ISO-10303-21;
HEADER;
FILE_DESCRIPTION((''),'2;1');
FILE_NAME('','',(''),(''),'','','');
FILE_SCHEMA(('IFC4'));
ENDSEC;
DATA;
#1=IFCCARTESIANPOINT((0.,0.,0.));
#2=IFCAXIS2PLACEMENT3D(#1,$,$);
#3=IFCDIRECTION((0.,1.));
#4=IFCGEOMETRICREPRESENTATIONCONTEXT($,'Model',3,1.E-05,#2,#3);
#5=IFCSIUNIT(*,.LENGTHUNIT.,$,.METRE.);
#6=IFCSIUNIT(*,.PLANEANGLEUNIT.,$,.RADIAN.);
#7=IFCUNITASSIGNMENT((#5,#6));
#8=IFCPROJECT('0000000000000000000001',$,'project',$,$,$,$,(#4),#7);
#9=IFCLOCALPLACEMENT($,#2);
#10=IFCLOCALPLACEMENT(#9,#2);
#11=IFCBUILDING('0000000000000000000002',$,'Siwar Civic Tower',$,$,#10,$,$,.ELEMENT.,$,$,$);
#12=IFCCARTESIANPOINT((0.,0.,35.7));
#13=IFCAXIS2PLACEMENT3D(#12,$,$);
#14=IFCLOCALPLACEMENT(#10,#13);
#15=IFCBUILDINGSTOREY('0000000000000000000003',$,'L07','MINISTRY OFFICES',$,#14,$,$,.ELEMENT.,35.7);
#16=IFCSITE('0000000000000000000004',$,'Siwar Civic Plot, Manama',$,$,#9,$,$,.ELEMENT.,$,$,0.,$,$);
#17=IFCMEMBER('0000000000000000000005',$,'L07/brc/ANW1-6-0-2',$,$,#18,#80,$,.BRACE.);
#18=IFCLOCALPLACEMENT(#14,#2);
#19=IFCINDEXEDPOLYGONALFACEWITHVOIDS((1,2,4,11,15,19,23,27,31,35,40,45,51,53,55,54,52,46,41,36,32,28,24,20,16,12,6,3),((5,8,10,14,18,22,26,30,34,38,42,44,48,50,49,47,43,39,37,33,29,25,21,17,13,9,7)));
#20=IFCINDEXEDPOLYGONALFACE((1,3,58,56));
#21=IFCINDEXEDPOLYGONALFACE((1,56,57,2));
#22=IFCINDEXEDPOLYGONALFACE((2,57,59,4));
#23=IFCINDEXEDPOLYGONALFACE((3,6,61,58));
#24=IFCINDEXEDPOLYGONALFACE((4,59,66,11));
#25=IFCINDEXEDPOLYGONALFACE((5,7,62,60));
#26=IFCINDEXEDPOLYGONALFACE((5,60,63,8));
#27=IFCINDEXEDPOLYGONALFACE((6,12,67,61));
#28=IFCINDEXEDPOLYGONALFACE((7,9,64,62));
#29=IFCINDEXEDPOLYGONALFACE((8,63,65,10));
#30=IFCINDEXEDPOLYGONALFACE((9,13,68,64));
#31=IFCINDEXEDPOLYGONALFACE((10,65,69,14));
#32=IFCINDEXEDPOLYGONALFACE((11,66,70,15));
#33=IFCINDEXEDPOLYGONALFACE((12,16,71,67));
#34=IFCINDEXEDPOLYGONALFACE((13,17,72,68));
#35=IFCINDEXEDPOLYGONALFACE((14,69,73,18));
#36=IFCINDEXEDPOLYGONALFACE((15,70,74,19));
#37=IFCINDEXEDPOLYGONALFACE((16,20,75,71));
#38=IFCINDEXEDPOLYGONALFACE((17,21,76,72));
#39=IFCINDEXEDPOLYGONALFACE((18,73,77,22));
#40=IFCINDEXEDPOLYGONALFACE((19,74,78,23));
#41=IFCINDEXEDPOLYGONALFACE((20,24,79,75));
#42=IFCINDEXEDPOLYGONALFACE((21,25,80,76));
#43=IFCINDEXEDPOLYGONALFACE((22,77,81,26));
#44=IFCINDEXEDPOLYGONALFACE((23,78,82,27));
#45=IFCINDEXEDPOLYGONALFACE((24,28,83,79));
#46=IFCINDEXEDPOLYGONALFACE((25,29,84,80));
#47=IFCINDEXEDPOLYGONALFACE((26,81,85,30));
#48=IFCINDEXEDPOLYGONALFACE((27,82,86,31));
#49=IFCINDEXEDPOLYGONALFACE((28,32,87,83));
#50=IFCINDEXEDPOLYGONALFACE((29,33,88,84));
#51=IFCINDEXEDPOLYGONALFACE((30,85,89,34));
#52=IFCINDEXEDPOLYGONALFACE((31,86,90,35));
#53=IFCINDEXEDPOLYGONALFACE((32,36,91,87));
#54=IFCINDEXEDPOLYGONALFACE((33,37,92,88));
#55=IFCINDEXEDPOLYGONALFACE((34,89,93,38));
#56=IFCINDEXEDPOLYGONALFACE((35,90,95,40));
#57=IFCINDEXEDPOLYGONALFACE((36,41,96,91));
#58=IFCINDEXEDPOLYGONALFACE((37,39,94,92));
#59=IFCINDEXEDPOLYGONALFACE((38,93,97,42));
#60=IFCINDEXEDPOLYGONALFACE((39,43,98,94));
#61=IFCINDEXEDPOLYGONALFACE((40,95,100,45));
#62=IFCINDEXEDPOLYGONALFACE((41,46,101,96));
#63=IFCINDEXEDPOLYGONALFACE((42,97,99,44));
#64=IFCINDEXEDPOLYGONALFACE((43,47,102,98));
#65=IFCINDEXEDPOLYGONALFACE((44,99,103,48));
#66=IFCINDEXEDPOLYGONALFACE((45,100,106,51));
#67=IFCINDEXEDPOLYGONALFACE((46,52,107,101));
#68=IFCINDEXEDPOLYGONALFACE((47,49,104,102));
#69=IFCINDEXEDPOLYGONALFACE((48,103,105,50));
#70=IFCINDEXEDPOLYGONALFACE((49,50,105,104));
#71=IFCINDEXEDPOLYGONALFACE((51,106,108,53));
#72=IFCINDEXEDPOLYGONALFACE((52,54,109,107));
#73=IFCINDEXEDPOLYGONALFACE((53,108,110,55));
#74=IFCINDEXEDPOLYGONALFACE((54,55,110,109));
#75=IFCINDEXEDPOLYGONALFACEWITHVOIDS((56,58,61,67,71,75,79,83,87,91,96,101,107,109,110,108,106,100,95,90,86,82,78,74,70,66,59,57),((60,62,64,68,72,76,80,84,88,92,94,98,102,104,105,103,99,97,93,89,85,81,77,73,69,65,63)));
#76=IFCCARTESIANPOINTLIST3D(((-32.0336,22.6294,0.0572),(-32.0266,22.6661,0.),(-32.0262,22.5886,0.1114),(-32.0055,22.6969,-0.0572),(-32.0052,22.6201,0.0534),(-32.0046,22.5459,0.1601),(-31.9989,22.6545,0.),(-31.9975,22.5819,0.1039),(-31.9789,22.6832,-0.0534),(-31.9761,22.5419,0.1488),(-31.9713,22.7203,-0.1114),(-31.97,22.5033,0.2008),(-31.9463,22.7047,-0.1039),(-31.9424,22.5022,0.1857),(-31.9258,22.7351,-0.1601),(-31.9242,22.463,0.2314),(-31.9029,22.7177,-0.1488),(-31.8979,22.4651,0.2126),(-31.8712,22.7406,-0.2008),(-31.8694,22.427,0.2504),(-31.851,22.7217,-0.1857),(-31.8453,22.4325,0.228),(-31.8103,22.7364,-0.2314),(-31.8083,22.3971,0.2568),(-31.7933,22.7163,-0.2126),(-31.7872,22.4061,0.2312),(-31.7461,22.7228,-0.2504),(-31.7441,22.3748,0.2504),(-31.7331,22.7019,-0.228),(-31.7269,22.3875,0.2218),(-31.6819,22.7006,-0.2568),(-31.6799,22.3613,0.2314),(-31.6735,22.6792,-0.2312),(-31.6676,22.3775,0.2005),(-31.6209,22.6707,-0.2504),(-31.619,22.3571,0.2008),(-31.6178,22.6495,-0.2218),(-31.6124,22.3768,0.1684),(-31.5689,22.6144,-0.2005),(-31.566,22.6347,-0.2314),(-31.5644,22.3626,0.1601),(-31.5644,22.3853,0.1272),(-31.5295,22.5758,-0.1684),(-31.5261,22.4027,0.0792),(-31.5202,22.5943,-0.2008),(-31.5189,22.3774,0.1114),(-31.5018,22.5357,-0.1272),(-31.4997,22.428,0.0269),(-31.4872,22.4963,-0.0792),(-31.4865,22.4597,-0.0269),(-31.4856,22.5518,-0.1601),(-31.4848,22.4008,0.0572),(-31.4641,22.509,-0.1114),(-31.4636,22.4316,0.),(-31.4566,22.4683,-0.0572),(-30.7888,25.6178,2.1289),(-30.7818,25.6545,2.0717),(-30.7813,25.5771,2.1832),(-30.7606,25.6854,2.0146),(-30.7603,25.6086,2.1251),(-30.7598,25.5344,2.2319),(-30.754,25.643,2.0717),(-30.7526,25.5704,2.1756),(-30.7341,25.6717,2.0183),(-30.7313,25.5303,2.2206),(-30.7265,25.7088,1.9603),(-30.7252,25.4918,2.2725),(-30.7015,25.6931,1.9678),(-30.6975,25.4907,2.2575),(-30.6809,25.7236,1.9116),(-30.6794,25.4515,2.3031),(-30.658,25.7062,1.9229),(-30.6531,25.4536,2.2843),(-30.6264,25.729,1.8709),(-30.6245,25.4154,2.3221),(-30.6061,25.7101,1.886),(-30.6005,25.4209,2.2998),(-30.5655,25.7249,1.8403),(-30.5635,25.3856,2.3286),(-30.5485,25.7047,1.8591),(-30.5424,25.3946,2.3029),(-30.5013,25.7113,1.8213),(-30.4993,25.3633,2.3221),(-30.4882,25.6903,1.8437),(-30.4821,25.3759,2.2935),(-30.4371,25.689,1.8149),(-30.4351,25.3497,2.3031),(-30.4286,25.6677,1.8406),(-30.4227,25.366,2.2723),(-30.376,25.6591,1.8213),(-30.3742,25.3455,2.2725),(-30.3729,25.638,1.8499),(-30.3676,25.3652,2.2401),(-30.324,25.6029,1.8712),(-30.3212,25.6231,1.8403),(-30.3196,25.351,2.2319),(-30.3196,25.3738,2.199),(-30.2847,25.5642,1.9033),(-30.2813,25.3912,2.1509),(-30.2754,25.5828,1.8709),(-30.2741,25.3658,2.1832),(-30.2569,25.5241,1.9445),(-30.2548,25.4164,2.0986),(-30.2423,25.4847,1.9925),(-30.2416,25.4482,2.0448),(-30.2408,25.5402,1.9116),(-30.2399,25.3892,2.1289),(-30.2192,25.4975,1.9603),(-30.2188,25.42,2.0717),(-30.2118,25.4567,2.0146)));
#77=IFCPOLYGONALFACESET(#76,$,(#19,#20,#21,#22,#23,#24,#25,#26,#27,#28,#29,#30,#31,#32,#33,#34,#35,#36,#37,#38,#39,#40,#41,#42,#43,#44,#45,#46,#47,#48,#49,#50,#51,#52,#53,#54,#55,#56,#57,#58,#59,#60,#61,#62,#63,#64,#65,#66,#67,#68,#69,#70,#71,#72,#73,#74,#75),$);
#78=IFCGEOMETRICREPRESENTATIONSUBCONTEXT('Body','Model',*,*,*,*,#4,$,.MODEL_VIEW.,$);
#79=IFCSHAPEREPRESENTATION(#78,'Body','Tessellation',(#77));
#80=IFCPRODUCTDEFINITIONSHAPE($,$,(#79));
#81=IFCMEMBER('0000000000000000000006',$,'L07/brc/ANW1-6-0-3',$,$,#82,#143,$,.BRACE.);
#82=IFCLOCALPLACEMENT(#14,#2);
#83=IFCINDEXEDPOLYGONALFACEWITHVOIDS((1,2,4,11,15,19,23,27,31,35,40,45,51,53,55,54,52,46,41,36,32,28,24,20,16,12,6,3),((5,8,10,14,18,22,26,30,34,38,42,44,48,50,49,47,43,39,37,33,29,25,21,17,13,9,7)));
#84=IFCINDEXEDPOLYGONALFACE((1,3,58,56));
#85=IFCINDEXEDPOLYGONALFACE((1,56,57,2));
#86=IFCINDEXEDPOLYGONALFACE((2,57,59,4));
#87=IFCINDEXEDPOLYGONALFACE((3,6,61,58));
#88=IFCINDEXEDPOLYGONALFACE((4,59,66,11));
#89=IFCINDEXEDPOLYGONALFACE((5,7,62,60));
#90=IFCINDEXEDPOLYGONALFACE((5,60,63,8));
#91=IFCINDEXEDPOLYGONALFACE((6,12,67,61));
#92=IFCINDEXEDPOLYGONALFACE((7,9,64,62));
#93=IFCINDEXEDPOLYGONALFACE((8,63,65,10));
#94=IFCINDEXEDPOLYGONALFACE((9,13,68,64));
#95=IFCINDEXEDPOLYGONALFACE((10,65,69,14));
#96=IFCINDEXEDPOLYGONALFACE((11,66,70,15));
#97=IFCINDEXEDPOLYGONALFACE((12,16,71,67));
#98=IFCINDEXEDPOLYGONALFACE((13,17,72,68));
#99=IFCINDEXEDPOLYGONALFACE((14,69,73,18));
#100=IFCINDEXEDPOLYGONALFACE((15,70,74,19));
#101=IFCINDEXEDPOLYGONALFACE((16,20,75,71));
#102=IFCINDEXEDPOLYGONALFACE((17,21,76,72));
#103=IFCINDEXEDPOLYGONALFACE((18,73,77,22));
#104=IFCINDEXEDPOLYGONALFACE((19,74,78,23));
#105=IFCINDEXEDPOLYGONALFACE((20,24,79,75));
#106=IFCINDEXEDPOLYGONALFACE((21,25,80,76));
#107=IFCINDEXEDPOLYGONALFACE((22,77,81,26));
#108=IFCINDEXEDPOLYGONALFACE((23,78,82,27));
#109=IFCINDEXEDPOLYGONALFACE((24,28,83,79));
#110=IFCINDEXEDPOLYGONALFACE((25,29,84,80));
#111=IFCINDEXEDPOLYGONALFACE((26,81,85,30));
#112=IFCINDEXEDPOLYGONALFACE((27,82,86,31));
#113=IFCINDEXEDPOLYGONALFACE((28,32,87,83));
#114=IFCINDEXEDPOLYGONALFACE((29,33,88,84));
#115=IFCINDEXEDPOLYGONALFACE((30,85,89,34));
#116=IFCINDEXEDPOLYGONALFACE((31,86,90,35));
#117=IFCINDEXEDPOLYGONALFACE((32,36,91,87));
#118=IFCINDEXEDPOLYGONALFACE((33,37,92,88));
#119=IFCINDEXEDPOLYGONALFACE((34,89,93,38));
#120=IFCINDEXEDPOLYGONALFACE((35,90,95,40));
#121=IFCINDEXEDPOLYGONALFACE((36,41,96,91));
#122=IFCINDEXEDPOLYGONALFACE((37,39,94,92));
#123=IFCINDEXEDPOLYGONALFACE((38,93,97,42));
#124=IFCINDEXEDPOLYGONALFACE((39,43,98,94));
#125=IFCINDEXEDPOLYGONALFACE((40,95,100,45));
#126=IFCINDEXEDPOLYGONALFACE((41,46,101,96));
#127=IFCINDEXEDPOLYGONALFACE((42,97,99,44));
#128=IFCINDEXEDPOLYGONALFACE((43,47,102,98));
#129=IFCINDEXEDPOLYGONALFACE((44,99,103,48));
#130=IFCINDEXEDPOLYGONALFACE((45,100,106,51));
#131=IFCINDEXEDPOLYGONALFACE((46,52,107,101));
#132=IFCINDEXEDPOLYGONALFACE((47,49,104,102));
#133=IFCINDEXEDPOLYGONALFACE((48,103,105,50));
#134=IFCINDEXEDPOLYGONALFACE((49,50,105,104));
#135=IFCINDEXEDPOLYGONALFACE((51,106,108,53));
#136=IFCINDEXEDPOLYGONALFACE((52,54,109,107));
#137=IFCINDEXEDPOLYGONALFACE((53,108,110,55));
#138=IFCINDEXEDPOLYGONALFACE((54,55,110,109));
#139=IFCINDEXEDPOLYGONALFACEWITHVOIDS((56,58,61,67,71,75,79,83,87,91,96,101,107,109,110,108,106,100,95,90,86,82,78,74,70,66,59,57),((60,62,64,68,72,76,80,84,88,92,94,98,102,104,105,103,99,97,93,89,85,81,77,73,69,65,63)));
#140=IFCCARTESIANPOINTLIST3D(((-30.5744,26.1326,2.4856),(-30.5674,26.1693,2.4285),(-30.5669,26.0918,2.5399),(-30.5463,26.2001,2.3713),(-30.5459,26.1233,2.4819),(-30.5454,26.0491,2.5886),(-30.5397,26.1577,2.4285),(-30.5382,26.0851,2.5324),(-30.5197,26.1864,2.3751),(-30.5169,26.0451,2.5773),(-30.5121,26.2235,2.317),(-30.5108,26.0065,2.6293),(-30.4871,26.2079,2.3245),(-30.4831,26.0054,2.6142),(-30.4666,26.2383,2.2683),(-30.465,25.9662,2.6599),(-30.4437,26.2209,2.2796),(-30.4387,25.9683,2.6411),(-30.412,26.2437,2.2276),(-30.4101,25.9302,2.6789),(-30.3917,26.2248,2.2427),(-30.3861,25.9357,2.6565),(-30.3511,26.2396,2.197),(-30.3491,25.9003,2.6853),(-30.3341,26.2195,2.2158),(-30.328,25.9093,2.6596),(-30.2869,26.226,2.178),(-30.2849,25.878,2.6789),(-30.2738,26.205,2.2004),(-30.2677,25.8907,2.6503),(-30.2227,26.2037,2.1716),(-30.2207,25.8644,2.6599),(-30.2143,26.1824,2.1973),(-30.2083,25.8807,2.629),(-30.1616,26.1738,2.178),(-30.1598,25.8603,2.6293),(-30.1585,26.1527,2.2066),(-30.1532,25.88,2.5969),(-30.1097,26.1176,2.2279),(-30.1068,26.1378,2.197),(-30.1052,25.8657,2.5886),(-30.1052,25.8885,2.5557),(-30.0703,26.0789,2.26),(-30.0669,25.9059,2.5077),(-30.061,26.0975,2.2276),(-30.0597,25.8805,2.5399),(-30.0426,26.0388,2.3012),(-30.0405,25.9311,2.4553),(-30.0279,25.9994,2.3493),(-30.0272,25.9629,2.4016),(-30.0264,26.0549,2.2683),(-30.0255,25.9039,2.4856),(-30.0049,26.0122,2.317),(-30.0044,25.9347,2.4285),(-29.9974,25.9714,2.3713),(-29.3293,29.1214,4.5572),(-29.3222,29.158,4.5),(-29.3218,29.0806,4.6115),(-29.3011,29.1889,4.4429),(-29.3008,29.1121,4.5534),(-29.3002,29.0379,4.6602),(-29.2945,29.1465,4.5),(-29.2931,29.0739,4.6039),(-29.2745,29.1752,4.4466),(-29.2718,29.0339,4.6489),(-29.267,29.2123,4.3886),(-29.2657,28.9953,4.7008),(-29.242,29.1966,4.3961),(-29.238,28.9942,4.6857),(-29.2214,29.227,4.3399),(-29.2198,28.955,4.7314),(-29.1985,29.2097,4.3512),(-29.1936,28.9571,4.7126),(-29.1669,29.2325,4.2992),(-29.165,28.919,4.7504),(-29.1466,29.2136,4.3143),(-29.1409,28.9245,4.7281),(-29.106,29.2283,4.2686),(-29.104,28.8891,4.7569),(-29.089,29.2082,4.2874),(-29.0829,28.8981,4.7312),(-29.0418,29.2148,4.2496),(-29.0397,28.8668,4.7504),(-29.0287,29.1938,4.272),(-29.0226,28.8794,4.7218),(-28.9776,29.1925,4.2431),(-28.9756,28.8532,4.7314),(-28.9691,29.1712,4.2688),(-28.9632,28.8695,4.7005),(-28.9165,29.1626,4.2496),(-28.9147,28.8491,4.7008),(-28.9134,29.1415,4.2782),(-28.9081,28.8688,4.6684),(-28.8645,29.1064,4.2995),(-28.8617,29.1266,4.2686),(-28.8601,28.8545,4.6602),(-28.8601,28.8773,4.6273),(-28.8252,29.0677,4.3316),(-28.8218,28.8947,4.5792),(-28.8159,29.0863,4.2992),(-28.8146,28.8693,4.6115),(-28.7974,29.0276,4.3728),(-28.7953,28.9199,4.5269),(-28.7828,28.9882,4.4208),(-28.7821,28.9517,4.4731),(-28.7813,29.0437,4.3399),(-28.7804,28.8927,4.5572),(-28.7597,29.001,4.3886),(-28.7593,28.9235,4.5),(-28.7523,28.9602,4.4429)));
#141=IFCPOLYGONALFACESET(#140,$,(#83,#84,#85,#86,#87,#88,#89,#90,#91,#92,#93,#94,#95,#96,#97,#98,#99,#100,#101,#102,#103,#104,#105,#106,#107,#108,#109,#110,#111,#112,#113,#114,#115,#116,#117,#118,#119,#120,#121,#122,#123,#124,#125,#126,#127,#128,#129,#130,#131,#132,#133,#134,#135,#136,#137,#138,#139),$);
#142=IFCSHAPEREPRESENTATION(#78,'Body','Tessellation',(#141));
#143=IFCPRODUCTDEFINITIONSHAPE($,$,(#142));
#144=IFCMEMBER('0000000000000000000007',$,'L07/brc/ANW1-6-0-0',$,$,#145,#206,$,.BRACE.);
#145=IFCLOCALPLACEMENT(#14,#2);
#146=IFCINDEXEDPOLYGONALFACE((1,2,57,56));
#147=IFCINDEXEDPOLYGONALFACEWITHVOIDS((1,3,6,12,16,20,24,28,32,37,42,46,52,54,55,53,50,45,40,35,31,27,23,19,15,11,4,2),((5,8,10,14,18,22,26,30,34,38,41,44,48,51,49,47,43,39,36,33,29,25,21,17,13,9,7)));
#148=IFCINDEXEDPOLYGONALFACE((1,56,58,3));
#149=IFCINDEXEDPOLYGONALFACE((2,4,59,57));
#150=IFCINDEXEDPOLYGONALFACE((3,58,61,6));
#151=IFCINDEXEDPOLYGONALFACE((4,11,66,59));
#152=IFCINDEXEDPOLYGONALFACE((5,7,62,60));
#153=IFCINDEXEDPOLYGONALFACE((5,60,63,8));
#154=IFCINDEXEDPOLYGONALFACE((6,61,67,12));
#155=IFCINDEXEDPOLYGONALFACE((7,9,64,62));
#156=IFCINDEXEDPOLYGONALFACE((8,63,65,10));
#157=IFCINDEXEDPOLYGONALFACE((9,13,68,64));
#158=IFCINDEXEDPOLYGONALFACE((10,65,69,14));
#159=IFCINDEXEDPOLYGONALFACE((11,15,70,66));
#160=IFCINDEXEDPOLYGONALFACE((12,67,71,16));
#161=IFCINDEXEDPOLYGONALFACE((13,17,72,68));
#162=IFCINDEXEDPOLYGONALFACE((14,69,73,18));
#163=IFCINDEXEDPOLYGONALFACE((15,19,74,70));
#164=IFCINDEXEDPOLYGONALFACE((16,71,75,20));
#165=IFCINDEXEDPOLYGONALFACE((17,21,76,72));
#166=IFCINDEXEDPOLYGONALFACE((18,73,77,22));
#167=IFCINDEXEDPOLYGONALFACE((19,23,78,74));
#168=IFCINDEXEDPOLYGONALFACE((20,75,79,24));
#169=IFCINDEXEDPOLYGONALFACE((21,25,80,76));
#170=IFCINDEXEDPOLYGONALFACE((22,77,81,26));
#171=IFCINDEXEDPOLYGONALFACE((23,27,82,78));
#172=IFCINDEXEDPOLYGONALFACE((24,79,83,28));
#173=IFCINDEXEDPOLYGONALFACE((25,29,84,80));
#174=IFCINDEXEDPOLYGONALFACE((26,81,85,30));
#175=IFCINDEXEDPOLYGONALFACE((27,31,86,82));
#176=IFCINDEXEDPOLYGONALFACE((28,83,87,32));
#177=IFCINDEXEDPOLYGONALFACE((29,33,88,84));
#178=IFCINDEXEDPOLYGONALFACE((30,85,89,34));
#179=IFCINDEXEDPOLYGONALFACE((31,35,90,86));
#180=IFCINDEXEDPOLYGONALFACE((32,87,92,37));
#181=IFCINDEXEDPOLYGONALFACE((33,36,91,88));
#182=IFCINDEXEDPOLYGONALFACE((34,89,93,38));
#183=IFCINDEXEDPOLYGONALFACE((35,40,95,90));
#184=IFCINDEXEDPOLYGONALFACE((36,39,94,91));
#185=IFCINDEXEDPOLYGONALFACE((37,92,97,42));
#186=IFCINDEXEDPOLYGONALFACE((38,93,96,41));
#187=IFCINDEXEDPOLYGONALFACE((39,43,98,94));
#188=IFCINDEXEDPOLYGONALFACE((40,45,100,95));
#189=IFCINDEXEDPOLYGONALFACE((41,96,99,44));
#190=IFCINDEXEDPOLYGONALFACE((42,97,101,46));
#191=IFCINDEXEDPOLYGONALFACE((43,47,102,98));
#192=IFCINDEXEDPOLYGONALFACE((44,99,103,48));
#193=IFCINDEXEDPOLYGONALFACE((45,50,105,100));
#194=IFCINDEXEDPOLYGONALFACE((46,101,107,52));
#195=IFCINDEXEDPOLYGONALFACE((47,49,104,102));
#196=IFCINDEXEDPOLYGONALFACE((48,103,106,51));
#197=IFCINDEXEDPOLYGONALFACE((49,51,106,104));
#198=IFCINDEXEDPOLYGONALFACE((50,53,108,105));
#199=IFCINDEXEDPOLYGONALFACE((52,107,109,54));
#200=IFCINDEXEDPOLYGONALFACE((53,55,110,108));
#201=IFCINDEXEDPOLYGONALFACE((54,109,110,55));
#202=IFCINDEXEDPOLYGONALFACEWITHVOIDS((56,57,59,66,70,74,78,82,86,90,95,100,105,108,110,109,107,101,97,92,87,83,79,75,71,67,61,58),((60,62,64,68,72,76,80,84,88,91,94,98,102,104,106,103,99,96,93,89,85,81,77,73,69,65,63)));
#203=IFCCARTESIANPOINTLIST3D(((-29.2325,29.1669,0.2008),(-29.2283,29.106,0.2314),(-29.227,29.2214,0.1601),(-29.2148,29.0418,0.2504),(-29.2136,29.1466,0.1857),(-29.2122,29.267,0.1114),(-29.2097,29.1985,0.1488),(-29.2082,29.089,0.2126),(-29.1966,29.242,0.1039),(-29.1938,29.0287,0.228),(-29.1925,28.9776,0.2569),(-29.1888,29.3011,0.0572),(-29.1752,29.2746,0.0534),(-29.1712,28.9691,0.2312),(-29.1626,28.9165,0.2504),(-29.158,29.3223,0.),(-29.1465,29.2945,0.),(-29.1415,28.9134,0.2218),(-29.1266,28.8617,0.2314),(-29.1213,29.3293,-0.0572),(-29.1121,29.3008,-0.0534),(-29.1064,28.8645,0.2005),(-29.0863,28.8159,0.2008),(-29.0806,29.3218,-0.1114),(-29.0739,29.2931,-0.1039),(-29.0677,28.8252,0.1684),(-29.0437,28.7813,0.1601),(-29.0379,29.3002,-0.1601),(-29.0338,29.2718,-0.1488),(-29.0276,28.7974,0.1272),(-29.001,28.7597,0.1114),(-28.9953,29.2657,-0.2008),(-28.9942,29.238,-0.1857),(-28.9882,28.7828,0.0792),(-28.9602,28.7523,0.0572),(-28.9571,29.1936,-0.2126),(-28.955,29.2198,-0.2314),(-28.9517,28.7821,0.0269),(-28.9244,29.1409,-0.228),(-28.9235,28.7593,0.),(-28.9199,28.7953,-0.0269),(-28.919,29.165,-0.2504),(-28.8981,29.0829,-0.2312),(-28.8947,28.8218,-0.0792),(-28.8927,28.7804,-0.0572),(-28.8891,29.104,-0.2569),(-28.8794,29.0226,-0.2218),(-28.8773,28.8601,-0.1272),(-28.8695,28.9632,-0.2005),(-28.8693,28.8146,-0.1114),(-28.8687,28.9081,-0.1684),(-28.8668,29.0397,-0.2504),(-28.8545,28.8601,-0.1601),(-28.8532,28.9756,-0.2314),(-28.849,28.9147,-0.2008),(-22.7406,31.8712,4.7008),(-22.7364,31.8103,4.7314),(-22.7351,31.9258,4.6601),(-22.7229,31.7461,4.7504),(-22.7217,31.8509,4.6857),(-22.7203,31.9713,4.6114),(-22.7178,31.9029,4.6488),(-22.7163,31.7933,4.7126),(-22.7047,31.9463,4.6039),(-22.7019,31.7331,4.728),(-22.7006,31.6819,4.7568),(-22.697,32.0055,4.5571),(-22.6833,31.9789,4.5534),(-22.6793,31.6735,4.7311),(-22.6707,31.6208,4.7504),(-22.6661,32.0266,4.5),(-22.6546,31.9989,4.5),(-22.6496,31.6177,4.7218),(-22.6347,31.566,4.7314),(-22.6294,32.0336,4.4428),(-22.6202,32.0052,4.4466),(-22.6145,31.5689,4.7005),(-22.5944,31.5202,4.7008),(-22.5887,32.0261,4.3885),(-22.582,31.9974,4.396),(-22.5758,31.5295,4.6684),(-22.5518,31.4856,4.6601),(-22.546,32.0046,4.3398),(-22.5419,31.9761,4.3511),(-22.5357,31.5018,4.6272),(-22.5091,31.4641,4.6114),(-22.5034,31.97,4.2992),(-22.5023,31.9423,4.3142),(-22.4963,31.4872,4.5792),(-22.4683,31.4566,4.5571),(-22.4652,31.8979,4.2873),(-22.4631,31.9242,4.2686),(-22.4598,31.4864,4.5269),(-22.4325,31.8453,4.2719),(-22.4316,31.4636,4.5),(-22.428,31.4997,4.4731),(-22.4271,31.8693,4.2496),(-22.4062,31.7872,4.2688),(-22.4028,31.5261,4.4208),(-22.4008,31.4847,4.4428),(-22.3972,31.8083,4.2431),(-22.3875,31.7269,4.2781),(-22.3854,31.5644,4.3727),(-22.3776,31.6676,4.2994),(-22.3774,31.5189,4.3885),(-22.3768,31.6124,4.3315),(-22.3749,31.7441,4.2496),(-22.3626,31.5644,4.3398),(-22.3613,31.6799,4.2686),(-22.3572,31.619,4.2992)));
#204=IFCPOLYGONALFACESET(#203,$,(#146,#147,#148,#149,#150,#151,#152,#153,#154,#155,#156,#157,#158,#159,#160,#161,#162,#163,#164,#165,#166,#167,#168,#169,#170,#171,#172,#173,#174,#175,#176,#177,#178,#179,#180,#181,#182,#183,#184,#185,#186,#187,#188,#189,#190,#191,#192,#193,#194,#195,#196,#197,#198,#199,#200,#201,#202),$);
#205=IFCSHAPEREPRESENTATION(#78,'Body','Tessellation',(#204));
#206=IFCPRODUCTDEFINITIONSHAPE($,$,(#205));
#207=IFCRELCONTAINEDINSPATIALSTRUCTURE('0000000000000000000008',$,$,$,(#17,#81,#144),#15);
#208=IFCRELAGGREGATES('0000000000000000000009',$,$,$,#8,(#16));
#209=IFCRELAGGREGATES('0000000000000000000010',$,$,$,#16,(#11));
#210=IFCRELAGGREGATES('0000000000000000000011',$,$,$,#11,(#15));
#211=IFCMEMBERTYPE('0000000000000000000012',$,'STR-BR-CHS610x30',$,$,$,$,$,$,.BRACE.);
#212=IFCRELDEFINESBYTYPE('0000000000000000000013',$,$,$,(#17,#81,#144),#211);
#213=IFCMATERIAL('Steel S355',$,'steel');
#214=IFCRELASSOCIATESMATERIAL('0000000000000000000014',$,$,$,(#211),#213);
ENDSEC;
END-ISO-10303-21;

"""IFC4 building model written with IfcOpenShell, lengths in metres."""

from ifc_helpers import new_model, si_unit, direction, frame, origin, origin_2d, place, context, subcontext, project, spatial, hollow_circle, extrude, material, material_profile, profile_set, type_object, element, save


model = new_model("IFC4")

# Units and contexts
model_context = context("Model", 3, precision=1e-05, world=origin(), true_north=direction((0.0, 1.0)))
body_context = subcontext(model_context, "Body", "Model", "MODEL_VIEW")
ifc_project = project(units=[si_unit("LENGTHUNIT", "METRE"), si_unit("PLANEANGLEUNIT", "RADIAN")], contexts=[model_context])

# Site, building, storey
site_placement = place(None, origin())
site = spatial("IfcSite", under=ifc_project, at=site_placement, Name="Siwar Civic Plot, Manama", CompositionType="ELEMENT", RefElevation=0.0)
building_placement = place(site_placement, origin())
building = spatial("IfcBuilding", under=site, at=building_placement, Name="Siwar Civic Tower", CompositionType="ELEMENT")
storey_placement = place(building_placement, frame((0.0, 0.0, 35.7)))
storey = spatial("IfcBuildingStorey", under=building, at=storey_placement, Name="L07", Description="MINISTRY OFFICES", CompositionType="ELEMENT", Elevation=35.7)

# Members
ifc_material_1 = material(Name="Steel S355", Category="steel")
ifc_material_profile_1 = material_profile(ifc_material_1, hollow_circle(Radius=0.3049, WallThickness=0.03, at=origin_2d()), Name="CHS610x30")
ifc_profile_set_1 = profile_set([ifc_material_profile_1], Name="Steel S355")
member_type_1 = type_object("IfcMemberType", Name="STR-BR-CHS610x30", PredefinedType="BRACE", material=ifc_profile_set_1)
member_1_placement = place(storey_placement, frame((-31.7451, 22.5488, 0.0), z_axis=(0.323882, 0.777533, 0.53902), x_axis=(-0.923115, 0.384524, 0.0)))
element("IfcMember", 1, at=member_1_placement, inside=storey, type_object=member_type_1, Name="L07/brc/ANW1-6-0-2", PredefinedType="BRACE", context=body_context, shape_type="SweptSolid", body=[
    extrude(hollow_circle(Radius=0.3049, WallThickness=0.03, at=origin_2d()), origin(), (0.0, 0.0, 1.0), 3.8435),
])
member_2_placement = place(storey_placement, frame((-30.2859, 26.052, 2.4285), z_axis=(0.323934, 0.777569, 0.538937), x_axis=(-0.923099, 0.384562, 0.0)))
element("IfcMember", 2, at=member_2_placement, inside=storey, type_object=member_type_1, Name="L07/brc/ANW1-6-0-3", PredefinedType="BRACE", context=body_context, shape_type="SweptSolid", body=[
    extrude(hollow_circle(Radius=0.3049, WallThickness=0.03, at=origin_2d()), origin(), (0.0, 0.0, 1.0), 3.8438),
])
member_3_placement = place(storey_placement, frame((-29.0408, 29.0408, 0.0), z_axis=(0.777555, 0.323906, 0.538975), x_axis=(-0.384539, 0.923109, 0.0)))
element("IfcMember", 3, at=member_3_placement, inside=storey, type_object=member_type_1, Name="L07/brc/ANW1-6-0-0", PredefinedType="BRACE", context=body_context, shape_type="SweptSolid", body=[
    extrude(hollow_circle(Radius=0.3049, WallThickness=0.03, at=origin_2d()), origin(), (0.0, 0.0, 1.0), 8.3491),
])

save(model, "model.ifc")
